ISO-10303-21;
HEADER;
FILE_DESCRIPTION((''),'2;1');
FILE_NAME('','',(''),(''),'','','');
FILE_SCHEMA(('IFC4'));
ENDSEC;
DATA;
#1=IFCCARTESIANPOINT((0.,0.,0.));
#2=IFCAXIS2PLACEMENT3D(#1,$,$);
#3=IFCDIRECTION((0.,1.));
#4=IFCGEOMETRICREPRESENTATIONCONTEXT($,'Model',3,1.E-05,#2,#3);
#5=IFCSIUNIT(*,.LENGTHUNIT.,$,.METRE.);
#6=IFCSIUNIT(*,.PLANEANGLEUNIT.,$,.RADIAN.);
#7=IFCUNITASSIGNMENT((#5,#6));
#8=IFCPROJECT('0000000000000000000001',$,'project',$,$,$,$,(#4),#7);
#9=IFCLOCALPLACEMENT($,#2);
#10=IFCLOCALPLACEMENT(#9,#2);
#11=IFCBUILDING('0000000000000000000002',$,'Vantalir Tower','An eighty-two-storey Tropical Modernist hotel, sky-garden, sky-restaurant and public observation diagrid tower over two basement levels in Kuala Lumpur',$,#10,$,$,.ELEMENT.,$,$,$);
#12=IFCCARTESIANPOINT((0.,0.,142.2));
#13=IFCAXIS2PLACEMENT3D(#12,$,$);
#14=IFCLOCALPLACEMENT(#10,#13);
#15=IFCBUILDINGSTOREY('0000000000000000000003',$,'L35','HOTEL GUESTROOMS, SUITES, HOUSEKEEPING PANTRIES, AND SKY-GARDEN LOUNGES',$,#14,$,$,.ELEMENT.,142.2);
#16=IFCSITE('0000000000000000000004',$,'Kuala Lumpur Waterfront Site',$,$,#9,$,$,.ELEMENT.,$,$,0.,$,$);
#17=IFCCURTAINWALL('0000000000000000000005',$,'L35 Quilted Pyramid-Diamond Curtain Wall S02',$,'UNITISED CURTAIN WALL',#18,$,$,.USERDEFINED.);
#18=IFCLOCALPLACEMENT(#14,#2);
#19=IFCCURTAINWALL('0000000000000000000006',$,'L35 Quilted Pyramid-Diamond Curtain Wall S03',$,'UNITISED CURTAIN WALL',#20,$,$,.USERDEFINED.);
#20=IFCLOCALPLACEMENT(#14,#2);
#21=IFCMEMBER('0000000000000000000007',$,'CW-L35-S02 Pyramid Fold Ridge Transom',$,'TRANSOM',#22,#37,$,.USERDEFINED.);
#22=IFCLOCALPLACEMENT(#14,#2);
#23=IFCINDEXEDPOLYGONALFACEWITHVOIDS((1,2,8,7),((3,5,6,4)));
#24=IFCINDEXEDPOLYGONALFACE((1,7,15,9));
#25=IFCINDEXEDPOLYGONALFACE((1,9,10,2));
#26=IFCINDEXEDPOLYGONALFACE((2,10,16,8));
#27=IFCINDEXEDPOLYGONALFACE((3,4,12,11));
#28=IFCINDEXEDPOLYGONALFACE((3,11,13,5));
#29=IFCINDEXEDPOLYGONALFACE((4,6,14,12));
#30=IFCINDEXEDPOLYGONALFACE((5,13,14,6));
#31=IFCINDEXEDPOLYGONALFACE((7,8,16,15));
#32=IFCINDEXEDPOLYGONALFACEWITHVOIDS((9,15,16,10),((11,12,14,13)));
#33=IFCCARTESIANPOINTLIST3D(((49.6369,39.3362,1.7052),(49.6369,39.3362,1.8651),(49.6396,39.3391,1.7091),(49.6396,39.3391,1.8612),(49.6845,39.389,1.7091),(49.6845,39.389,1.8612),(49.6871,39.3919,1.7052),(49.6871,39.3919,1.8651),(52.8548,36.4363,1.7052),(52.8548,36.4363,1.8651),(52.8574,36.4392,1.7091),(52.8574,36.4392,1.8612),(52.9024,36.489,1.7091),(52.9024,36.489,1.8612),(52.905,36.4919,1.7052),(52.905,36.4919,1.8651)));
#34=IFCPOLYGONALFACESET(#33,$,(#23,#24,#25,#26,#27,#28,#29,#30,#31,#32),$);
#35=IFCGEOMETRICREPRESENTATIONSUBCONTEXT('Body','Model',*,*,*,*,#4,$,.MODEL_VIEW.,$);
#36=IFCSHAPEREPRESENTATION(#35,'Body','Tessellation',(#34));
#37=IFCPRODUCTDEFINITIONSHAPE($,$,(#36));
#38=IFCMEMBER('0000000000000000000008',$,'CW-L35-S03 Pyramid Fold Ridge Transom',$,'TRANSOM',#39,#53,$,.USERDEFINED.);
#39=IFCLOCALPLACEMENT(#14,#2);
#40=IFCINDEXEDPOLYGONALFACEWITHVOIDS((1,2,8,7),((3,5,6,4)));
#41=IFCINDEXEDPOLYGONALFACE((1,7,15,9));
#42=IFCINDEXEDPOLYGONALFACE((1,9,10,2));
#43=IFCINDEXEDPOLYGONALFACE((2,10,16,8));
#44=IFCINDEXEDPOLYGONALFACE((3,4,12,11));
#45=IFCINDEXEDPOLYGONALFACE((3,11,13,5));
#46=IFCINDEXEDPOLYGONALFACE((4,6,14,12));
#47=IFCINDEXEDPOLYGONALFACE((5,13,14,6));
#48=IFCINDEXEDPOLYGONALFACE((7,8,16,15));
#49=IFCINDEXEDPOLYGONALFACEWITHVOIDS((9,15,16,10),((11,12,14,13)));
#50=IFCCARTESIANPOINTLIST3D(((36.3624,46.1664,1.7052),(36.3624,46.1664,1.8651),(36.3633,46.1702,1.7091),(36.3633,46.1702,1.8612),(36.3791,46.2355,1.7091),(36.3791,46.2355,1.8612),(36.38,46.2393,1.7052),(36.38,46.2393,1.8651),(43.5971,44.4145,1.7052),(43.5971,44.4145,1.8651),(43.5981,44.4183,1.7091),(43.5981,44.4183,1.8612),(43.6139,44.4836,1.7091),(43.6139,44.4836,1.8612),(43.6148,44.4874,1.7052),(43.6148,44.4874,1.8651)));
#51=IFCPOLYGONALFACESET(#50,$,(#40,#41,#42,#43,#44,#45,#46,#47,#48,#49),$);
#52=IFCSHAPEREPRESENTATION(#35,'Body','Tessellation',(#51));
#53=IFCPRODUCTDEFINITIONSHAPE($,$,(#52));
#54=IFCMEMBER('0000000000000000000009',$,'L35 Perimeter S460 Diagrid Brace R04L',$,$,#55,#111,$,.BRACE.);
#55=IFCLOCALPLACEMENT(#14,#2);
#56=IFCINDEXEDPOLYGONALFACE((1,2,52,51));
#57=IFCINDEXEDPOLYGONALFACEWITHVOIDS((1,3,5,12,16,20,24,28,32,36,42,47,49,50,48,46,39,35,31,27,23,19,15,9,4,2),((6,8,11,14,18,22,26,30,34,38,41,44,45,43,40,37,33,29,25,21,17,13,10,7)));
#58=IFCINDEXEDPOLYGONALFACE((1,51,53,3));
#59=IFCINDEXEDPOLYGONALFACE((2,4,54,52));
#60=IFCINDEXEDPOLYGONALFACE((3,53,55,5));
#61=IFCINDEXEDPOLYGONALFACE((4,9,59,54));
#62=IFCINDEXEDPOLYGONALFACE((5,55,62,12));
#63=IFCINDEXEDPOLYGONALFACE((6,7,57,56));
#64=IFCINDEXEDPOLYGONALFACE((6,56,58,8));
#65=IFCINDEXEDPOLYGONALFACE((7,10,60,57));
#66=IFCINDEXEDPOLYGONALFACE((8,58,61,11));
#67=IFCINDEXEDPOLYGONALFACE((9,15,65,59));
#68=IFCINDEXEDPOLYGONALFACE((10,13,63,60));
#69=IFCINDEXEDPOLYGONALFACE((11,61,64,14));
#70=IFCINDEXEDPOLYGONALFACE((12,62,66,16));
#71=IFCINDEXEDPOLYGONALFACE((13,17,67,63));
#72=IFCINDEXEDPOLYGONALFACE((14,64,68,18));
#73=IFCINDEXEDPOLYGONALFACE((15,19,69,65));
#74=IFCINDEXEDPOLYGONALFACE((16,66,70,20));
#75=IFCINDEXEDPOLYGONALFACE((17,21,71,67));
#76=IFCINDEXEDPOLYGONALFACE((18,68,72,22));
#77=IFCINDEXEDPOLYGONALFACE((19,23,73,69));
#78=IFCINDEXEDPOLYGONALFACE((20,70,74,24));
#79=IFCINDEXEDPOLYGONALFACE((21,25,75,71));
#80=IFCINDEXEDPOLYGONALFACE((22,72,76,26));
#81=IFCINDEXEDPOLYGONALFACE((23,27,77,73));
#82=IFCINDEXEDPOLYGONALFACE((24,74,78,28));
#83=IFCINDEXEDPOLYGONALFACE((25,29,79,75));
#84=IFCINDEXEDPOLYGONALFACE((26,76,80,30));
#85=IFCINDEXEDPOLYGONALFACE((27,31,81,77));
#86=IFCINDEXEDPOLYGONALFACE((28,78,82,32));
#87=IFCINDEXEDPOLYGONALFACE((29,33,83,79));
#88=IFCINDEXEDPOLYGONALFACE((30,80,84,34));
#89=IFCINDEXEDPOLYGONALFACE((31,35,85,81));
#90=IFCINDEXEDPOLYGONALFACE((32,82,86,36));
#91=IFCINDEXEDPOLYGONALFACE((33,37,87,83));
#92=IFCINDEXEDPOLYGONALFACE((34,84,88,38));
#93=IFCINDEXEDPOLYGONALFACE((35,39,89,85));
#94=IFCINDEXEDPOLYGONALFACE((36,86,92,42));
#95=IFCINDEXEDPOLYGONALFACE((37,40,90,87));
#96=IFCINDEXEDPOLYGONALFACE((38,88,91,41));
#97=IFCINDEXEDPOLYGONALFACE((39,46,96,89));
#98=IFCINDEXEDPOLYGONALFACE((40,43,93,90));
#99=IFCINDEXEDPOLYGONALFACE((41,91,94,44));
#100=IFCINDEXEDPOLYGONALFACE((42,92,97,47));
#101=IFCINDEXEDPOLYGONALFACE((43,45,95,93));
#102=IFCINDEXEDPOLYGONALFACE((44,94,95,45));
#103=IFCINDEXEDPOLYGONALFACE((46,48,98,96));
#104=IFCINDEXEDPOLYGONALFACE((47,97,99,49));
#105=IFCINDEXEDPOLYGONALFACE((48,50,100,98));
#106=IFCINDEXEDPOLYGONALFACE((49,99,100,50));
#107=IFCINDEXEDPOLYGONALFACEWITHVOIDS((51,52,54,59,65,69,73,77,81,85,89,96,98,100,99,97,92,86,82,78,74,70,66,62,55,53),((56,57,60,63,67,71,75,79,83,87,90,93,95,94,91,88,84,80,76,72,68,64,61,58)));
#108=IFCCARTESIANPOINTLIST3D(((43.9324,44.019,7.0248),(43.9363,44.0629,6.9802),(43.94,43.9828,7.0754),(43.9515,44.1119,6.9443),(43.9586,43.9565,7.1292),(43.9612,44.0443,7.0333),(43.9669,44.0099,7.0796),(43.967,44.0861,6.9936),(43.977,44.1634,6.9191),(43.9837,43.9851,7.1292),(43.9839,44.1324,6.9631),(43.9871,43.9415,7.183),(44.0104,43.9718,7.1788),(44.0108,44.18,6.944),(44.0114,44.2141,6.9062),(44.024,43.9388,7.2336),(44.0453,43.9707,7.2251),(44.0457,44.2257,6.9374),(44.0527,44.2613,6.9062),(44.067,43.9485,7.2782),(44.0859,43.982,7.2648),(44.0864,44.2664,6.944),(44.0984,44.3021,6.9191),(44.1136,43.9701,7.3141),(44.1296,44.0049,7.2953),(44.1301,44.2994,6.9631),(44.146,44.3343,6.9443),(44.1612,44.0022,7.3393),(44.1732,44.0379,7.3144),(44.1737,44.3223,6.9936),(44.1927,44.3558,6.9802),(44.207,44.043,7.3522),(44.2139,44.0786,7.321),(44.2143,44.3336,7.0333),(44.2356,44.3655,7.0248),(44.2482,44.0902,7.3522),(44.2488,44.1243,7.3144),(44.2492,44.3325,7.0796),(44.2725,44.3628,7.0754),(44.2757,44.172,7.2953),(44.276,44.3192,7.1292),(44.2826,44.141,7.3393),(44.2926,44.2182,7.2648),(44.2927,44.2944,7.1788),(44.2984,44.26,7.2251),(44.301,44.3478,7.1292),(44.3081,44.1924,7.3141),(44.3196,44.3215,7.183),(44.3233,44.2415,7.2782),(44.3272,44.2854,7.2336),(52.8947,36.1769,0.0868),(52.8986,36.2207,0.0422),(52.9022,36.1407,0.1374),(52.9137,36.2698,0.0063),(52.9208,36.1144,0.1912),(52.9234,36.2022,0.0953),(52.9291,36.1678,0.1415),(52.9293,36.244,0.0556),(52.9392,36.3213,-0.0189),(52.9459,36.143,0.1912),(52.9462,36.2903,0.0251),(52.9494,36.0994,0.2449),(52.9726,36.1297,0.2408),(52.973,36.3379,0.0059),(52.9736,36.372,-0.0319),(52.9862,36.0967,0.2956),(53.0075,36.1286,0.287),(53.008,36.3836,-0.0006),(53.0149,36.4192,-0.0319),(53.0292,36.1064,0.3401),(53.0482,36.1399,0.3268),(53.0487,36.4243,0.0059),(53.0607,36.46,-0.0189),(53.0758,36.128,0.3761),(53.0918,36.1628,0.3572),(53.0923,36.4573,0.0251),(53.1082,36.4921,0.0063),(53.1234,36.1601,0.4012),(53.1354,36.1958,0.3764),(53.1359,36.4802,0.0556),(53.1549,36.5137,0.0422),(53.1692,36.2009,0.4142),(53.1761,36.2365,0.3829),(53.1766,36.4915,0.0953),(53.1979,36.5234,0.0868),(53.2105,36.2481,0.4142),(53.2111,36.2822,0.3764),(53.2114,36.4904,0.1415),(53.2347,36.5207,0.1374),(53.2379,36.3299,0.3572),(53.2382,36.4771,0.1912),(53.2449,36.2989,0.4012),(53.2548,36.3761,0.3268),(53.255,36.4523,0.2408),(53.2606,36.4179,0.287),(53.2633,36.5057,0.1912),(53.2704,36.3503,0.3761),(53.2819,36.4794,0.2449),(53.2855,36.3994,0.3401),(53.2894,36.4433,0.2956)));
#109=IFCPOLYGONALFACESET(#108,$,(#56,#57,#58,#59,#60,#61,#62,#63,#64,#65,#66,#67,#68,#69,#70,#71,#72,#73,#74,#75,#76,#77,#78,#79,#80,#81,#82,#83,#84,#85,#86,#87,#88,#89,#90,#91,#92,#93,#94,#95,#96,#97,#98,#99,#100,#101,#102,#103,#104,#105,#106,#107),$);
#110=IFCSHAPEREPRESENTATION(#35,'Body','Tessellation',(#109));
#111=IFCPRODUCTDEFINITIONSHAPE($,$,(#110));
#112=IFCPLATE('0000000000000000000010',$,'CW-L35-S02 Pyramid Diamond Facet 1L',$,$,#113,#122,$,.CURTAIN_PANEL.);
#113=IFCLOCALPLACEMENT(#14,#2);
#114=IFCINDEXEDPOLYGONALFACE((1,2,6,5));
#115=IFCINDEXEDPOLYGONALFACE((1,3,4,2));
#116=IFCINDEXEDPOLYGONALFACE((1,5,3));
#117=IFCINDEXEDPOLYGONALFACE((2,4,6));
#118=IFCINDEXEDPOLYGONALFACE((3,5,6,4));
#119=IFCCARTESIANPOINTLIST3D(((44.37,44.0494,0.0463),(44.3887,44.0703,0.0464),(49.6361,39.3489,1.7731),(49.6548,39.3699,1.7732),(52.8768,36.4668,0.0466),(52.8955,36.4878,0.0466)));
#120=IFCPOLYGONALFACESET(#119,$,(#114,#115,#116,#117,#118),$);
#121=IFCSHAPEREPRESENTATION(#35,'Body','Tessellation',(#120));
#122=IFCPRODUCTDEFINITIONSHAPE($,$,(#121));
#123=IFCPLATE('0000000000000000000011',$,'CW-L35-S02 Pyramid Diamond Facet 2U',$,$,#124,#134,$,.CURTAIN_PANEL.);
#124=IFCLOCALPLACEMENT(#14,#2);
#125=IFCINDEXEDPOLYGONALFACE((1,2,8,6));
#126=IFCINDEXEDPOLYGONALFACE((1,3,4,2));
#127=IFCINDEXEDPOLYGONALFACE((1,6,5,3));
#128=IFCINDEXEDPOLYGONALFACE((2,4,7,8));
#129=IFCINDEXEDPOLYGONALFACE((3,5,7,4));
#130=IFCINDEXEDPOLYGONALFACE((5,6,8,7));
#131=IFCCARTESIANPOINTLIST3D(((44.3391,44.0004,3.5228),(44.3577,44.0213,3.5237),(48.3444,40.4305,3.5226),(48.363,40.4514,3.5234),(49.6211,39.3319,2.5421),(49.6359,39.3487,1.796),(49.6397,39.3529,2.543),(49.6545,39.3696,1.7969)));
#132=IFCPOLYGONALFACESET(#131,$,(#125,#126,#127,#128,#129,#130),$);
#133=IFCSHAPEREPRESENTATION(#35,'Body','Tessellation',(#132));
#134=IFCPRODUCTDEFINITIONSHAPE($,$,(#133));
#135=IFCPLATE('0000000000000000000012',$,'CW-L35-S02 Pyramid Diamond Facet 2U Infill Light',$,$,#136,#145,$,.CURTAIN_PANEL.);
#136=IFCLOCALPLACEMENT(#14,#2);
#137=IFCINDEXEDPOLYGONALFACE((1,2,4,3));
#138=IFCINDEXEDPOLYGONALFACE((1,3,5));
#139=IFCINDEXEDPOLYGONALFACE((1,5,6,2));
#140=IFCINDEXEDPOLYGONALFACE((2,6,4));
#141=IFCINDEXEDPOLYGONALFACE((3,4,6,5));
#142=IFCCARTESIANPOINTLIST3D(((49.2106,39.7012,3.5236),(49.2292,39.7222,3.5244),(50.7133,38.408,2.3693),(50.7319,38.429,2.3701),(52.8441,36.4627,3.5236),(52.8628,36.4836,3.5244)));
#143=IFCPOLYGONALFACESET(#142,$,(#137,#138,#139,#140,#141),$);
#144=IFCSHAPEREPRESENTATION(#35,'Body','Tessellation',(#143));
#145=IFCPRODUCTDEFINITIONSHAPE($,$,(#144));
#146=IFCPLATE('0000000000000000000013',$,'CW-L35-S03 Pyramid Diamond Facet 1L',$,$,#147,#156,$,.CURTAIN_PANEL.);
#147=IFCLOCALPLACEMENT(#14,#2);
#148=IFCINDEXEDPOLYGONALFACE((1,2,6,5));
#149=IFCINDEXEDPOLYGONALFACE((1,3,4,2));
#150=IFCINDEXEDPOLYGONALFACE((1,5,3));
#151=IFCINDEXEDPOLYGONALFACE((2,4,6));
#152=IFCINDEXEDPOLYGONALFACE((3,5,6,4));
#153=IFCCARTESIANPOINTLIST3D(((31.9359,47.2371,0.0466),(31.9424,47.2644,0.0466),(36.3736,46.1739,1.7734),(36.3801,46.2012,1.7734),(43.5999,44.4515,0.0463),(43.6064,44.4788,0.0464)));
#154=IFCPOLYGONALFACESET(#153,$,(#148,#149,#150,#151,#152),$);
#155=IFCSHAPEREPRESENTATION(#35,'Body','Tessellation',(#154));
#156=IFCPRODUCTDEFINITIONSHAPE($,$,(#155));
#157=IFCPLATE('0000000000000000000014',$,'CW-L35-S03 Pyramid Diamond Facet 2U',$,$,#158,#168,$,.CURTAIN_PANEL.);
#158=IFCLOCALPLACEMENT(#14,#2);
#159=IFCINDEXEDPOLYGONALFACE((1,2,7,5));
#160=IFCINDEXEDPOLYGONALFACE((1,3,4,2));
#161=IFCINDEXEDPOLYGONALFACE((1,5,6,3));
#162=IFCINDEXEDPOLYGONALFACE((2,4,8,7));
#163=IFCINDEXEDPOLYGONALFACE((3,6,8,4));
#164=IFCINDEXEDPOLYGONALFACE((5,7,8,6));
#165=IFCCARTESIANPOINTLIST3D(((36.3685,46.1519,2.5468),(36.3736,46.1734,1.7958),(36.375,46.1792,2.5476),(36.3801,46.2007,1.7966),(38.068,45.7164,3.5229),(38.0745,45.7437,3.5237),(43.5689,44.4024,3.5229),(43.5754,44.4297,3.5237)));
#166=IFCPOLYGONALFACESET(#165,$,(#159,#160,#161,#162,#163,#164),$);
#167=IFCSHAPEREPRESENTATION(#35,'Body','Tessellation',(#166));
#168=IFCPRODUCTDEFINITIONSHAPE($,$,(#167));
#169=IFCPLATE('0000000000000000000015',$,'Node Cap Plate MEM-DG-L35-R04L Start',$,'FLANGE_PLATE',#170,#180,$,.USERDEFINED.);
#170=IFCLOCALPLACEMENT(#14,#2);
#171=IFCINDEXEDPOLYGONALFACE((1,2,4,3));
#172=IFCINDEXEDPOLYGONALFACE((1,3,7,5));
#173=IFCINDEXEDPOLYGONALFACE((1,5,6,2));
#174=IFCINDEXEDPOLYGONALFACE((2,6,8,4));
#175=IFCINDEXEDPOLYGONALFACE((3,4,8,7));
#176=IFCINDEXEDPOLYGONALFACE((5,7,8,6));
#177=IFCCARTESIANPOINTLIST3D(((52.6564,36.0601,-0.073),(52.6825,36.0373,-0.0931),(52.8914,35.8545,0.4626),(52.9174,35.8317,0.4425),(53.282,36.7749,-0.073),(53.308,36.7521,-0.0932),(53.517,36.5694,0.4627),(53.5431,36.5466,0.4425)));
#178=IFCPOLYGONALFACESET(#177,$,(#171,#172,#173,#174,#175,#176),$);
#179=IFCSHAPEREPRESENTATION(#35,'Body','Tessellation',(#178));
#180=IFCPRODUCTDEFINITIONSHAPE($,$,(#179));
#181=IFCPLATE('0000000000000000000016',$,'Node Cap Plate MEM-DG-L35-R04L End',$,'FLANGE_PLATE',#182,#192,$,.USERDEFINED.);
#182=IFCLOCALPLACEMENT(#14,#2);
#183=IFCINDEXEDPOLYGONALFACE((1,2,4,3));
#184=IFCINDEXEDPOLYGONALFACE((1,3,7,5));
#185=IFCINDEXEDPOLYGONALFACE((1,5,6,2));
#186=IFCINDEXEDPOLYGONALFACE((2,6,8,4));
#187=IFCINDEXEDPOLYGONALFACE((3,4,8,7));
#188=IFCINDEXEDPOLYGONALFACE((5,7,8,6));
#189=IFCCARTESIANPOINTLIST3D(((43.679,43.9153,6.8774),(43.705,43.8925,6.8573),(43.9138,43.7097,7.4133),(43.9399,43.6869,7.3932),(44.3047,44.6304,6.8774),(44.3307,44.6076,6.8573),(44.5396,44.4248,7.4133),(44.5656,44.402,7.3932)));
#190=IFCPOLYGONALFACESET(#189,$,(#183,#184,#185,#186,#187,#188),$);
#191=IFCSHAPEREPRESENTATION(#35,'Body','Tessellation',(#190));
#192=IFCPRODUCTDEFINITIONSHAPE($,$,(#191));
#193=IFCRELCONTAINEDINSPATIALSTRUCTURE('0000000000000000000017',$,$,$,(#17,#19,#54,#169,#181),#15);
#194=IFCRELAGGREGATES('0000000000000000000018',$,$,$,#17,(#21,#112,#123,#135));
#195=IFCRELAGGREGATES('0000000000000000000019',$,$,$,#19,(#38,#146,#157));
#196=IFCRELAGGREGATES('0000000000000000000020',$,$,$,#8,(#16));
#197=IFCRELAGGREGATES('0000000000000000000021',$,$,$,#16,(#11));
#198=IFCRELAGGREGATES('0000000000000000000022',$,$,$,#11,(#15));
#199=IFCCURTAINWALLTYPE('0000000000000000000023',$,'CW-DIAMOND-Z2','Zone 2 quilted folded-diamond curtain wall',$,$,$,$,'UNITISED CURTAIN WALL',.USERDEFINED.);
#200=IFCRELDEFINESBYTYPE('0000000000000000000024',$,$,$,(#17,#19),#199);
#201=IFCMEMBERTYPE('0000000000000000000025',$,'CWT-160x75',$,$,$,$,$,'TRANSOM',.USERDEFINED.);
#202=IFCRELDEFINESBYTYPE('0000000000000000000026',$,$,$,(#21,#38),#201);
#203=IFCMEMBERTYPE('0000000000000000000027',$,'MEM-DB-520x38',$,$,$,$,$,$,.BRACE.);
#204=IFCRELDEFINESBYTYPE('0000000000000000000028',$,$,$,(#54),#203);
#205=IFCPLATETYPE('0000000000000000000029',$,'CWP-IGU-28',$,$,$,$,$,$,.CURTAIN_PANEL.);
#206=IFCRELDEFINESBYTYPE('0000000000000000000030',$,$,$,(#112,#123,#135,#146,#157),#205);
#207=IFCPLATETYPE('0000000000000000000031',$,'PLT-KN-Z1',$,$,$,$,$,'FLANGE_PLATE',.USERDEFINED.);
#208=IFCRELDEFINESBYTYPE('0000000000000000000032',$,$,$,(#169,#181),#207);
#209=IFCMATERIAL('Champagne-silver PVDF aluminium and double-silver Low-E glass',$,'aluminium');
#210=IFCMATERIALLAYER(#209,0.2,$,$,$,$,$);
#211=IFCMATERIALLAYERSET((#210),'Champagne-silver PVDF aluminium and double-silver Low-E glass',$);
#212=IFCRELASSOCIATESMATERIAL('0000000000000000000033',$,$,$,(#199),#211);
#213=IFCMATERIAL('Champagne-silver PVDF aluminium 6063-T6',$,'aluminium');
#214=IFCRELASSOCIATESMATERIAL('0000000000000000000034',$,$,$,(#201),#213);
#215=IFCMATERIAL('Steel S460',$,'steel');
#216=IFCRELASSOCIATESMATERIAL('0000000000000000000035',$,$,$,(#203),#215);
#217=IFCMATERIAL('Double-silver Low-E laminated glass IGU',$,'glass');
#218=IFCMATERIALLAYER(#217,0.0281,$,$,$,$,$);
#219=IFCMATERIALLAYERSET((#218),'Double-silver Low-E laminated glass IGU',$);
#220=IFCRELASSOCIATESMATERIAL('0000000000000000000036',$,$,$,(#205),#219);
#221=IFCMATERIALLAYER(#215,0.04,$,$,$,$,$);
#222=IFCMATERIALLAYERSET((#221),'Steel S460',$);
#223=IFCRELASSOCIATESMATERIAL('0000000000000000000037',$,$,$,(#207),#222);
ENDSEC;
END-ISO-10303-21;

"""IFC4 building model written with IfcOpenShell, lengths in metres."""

from ifc_helpers import new_model, si_unit, direction, frame, origin, origin_2d, place, context, subcontext, project, spatial, polyline, hollow_rectangle, hollow_circle, outline, extrude, material, layer, layer_set, material_profile, profile_set, type_object, element, aggregate, save


model = new_model("IFC4")

# Units and contexts
model_context = context("Model", 3, precision=1e-05, world=origin(), true_north=direction((0.0, 1.0)))
body_context = subcontext(model_context, "Body", "Model", "MODEL_VIEW")
ifc_project = project(units=[si_unit("LENGTHUNIT", "METRE"), si_unit("PLANEANGLEUNIT", "RADIAN")], contexts=[model_context])

# Site, building, storey
site_placement = place(None, origin())
site = spatial("IfcSite", under=ifc_project, at=site_placement, Name="Kuala Lumpur Waterfront Site", CompositionType="ELEMENT", RefElevation=0.0)
building_placement = place(site_placement, origin())
building = spatial("IfcBuilding", under=site, at=building_placement, Name="Vantalir Tower", Description="An eighty-two-storey Tropical Modernist hotel, sky-garden, sky-restaurant and public observation diagrid tower over two basement levels in Kuala Lumpur", CompositionType="ELEMENT")
storey_placement = place(building_placement, frame((0.0, 0.0, 142.2)))
storey = spatial("IfcBuildingStorey", under=building, at=storey_placement, Name="L35", Description="HOTEL GUESTROOMS, SUITES, HOUSEKEEPING PANTRIES, AND SKY-GARDEN LOUNGES", CompositionType="ELEMENT", Elevation=142.2)

# Shared definitions
ifc_material_1 = material(Name="Steel S460", Category="steel")

# Curtain wall
ifc_material_2 = material(Name="Champagne-silver PVDF aluminium and double-silver Low-E glass", Category="aluminium")
ifc_layer_1 = layer(ifc_material_2, 0.2)
ifc_layer_set_1 = layer_set([ifc_layer_1], Name="Champagne-silver PVDF aluminium and double-silver Low-E glass")
curtain_wall_type = type_object("IfcCurtainWallType", Name="CW-DIAMOND-Z2", Description="Zone 2 quilted folded-diamond curtain wall", ElementType="UNITISED CURTAIN WALL", PredefinedType="USERDEFINED", material=ifc_layer_set_1)
curtain_wall_1_placement = place(storey_placement, origin())
curtain_wall_1 = element("IfcCurtainWall", 1, at=curtain_wall_1_placement, inside=storey, type_object=curtain_wall_type, Name="L35 Quilted Pyramid-Diamond Curtain Wall S02", ObjectType="UNITISED CURTAIN WALL", PredefinedType="USERDEFINED")
ifc_material_3 = material(Name="Champagne-silver PVDF aluminium 6063-T6", Category="aluminium")

# Curtain wall
curtain_wall_2_placement = place(storey_placement, origin())
curtain_wall_2 = element("IfcCurtainWall", 2, at=curtain_wall_2_placement, inside=storey, type_object=curtain_wall_type, Name="L35 Quilted Pyramid-Diamond Curtain Wall S03", ObjectType="UNITISED CURTAIN WALL", PredefinedType="USERDEFINED")

# Members
ifc_material_profile_1 = material_profile(ifc_material_3, hollow_rectangle(XDim=0.075, YDim=0.1599, WallThickness=0.0039, at=origin_2d()), Name="Champagne-silver PVDF aluminium 6063-T6")
ifc_profile_set_1 = profile_set([ifc_material_profile_1], Name="Champagne-silver PVDF aluminium 6063-T6")
member_type_1 = type_object("IfcMemberType", Name="CWT-160x75", ElementType="TRANSOM", PredefinedType="USERDEFINED", material=ifc_profile_set_1)
member_1_placement = place(storey_placement, frame((52.8799, 36.4641, 1.7852), z_axis=(-0.742846, 0.669463, 0.0), x_axis=(-0.669463, -0.742846, 0.0)))
member_1 = element("IfcMember", 3, at=member_1_placement, type_object=member_type_1, Name="CW-L35-S02 Pyramid Fold Ridge Transom", ObjectType="TRANSOM", PredefinedType="USERDEFINED", context=body_context, shape_type="SweptSolid", body=[
    extrude(hollow_rectangle(XDim=0.075, YDim=0.1599, WallThickness=0.0039, at=origin_2d()), origin(), (0.0, 0.0, 1.0), 4.3318),
])
member_2_placement = place(storey_placement, frame((43.606, 44.4509, 1.7852), z_axis=(-0.97191, 0.235352, 0.0), x_axis=(-0.235352, -0.97191, 0.0)))
member_2 = element("IfcMember", 4, at=member_2_placement, type_object=member_type_1, Name="CW-L35-S03 Pyramid Fold Ridge Transom", ObjectType="TRANSOM", PredefinedType="USERDEFINED", context=body_context, shape_type="SweptSolid", body=[
    extrude(hollow_rectangle(XDim=0.075, YDim=0.1599, WallThickness=0.0039, at=origin_2d()), origin(), (0.0, 0.0, 1.0), 7.4438),
])
ifc_material_profile_2 = material_profile(ifc_material_1, hollow_circle(Radius=0.26, WallThickness=0.0381, at=origin_2d()), Name="Steel S460")
ifc_profile_set_2 = profile_set([ifc_material_profile_2], Name="Steel S460")
member_type_2 = type_object("IfcMemberType", Name="MEM-DB-520x38", PredefinedType="BRACE", material=ifc_profile_set_2)
member_3_placement = place(storey_placement, frame((53.092, 36.3101, 0.1912), z_axis=(-0.650263, 0.568991, 0.503396), x_axis=(-0.658512, -0.75257, 0.0)))
element("IfcMember", 5, at=member_3_placement, inside=storey, type_object=member_type_2, Name="L35 Perimeter S460 Diagrid Brace R04L", PredefinedType="BRACE", context=body_context, shape_type="SweptSolid", body=[
    extrude(hollow_circle(Radius=0.26, WallThickness=0.0381, at=origin_2d()), origin(), (0.0, 0.0, 1.0), 13.7825),
])

# Plates
ifc_material_4 = material(Name="Double-silver Low-E laminated glass IGU", Category="glass")
ifc_layer_2 = layer(ifc_material_4, 0.0281)
ifc_layer_set_2 = layer_set([ifc_layer_2], Name="Double-silver Low-E laminated glass IGU")
plate_type_1 = type_object("IfcPlateType", Name="CWP-IGU-28", PredefinedType="CURTAIN_PANEL", material=ifc_layer_set_2)
plate_1_placement = place(storey_placement, frame((52.8955, 36.4878, 0.0466), z_axis=(0.665384, 0.746496, 0.002819), x_axis=(-0.746498, 0.665387, -0.000021)))
plate_1 = element("IfcPlate", 6, at=plate_1_placement, type_object=plate_type_1, Name="CW-L35-S02 Pyramid Diamond Facet 1L", PredefinedType="CURTAIN_PANEL", context=body_context, shape_type="SweptSolid", body=[
    extrude(outline(polyline([(0.0, 0.0), (11.3957, 0.0), (4.3369, 1.7267), (0.0, 0.0)])), origin(), (0.0, 0.0, -1.0), 0.0281),
])
plate_2_placement = place(storey_placement, frame((48.363, 40.4514, 3.5234), z_axis=(0.665071, 0.746179, 0.029964), x_axis=(-0.746515, 0.665368, 0.000046)))
plate_2 = element("IfcPlate", 7, at=plate_2_placement, type_object=plate_type_1, Name="CW-L35-S02 Pyramid Diamond Facet 2U", PredefinedType="CURTAIN_PANEL", context=body_context, shape_type="SweptSolid", body=[
    extrude(outline(polyline([(0.0, 0.0), (5.3653, 0.0), (-1.684, -1.7273), (-1.6841, -0.9808), (0.0, 0.0)])), origin(), (0.0, 0.0, -1.0), 0.0281),
])
plate_3_placement = place(storey_placement, frame((52.8628, 36.4836, 3.5244), z_axis=(0.665067, 0.746189, 0.029807), x_axis=(-0.74652, 0.665363, 0.0)))
plate_3 = element("IfcPlate", 8, at=plate_3_placement, type_object=plate_type_1, Name="CW-L35-S02 Pyramid Diamond Facet 2U Infill Light", PredefinedType="CURTAIN_PANEL", context=body_context, shape_type="SweptSolid", body=[
    extrude(outline(polyline([(0.0, 0.0), (4.8673, 0.0), (2.8851, -1.1548), (0.0, 0.0)])), origin(), (0.0, 0.0, -1.0), 0.0281),
])
aggregate(curtain_wall_1, [member_1, plate_1, plate_2, plate_3])
plate_4_placement = place(storey_placement, frame((43.6064, 44.4788, 0.0464), z_axis=(0.23229, 0.972645, 0.001914), x_axis=(-0.972647, 0.23229, 0.00002)))
plate_4 = element("IfcPlate", 9, at=plate_4_placement, type_object=plate_type_1, Name="CW-L35-S03 Pyramid Diamond Facet 1L", PredefinedType="CURTAIN_PANEL", context=body_context, shape_type="SweptSolid", body=[
    extrude(outline(polyline([(0.0, 0.0), (11.9921, 0.0), (7.4288, 1.7269), (0.0, 0.0)])), origin(), (0.0, 0.0, -1.0), 0.0281),
])
plate_5_placement = place(storey_placement, frame((43.5754, 44.4297, 3.5237), z_axis=(0.23223, 0.972215, 0.029447), x_axis=(-0.972637, 0.232331, 0.0)))
plate_5 = element("IfcPlate", 10, at=plate_5_placement, type_object=plate_type_1, Name="CW-L35-S03 Pyramid Diamond Facet 2U", PredefinedType="CURTAIN_PANEL", context=body_context, shape_type="SweptSolid", body=[
    extrude(outline(polyline([(0.0, 0.0), (5.6557, 0.0), (7.4099, -0.9765), (7.4099, -1.7278), (0.0, 0.0)])), origin(), (0.0, 0.0, -1.0), 0.0281),
])
aggregate(curtain_wall_2, [member_2, plate_4, plate_5])

# Plates
ifc_layer_3 = layer(ifc_material_1, 0.04)
ifc_layer_set_3 = layer_set([ifc_layer_3], Name="Steel S460")
plate_type_2 = type_object("IfcPlateType", Name="PLT-KN-Z1", ElementType="FLANGE_PLATE", PredefinedType="USERDEFINED", material=ifc_layer_set_3)
plate_6_placement = place(storey_placement, frame((53.282, 36.7749, -0.073), z_axis=(-0.650136, 0.56898, 0.503572), x_axis=(-0.658559, -0.752529, 0.000042)))
element("IfcPlate", 11, at=plate_6_placement, inside=storey, type_object=plate_type_2, Name="Node Cap Plate MEM-DG-L35-R04L Start", ObjectType="FLANGE_PLATE", PredefinedType="USERDEFINED", context=body_context, shape_type="SweptSolid", body=[
    extrude(outline(polyline([(0.0, 0.0), (0.9499, 0.0), (0.9499, 0.6199), (-0.0001, 0.62), (0.0, 0.0)])), origin(), (0.0, 0.0, -1.0), 0.04),
])
plate_7_placement = place(storey_placement, frame((44.3047, 44.6304, 6.8774), z_axis=(-0.650301, 0.569041, 0.50329), x_axis=(-0.658523, -0.752561, 0.0)))
element("IfcPlate", 12, at=plate_7_placement, inside=storey, type_object=plate_type_2, Name="Node Cap Plate MEM-DG-L35-R04L End", ObjectType="FLANGE_PLATE", PredefinedType="USERDEFINED", context=body_context, shape_type="SweptSolid", body=[
    extrude(outline(polyline([(0.0, 0.0), (0.9502, 0.0), (0.9502, 0.6202), (0.0, 0.6202), (0.0, 0.0)])), origin(), (0.0, 0.0, -1.0), 0.04),
])

save(model, "model.ifc")
